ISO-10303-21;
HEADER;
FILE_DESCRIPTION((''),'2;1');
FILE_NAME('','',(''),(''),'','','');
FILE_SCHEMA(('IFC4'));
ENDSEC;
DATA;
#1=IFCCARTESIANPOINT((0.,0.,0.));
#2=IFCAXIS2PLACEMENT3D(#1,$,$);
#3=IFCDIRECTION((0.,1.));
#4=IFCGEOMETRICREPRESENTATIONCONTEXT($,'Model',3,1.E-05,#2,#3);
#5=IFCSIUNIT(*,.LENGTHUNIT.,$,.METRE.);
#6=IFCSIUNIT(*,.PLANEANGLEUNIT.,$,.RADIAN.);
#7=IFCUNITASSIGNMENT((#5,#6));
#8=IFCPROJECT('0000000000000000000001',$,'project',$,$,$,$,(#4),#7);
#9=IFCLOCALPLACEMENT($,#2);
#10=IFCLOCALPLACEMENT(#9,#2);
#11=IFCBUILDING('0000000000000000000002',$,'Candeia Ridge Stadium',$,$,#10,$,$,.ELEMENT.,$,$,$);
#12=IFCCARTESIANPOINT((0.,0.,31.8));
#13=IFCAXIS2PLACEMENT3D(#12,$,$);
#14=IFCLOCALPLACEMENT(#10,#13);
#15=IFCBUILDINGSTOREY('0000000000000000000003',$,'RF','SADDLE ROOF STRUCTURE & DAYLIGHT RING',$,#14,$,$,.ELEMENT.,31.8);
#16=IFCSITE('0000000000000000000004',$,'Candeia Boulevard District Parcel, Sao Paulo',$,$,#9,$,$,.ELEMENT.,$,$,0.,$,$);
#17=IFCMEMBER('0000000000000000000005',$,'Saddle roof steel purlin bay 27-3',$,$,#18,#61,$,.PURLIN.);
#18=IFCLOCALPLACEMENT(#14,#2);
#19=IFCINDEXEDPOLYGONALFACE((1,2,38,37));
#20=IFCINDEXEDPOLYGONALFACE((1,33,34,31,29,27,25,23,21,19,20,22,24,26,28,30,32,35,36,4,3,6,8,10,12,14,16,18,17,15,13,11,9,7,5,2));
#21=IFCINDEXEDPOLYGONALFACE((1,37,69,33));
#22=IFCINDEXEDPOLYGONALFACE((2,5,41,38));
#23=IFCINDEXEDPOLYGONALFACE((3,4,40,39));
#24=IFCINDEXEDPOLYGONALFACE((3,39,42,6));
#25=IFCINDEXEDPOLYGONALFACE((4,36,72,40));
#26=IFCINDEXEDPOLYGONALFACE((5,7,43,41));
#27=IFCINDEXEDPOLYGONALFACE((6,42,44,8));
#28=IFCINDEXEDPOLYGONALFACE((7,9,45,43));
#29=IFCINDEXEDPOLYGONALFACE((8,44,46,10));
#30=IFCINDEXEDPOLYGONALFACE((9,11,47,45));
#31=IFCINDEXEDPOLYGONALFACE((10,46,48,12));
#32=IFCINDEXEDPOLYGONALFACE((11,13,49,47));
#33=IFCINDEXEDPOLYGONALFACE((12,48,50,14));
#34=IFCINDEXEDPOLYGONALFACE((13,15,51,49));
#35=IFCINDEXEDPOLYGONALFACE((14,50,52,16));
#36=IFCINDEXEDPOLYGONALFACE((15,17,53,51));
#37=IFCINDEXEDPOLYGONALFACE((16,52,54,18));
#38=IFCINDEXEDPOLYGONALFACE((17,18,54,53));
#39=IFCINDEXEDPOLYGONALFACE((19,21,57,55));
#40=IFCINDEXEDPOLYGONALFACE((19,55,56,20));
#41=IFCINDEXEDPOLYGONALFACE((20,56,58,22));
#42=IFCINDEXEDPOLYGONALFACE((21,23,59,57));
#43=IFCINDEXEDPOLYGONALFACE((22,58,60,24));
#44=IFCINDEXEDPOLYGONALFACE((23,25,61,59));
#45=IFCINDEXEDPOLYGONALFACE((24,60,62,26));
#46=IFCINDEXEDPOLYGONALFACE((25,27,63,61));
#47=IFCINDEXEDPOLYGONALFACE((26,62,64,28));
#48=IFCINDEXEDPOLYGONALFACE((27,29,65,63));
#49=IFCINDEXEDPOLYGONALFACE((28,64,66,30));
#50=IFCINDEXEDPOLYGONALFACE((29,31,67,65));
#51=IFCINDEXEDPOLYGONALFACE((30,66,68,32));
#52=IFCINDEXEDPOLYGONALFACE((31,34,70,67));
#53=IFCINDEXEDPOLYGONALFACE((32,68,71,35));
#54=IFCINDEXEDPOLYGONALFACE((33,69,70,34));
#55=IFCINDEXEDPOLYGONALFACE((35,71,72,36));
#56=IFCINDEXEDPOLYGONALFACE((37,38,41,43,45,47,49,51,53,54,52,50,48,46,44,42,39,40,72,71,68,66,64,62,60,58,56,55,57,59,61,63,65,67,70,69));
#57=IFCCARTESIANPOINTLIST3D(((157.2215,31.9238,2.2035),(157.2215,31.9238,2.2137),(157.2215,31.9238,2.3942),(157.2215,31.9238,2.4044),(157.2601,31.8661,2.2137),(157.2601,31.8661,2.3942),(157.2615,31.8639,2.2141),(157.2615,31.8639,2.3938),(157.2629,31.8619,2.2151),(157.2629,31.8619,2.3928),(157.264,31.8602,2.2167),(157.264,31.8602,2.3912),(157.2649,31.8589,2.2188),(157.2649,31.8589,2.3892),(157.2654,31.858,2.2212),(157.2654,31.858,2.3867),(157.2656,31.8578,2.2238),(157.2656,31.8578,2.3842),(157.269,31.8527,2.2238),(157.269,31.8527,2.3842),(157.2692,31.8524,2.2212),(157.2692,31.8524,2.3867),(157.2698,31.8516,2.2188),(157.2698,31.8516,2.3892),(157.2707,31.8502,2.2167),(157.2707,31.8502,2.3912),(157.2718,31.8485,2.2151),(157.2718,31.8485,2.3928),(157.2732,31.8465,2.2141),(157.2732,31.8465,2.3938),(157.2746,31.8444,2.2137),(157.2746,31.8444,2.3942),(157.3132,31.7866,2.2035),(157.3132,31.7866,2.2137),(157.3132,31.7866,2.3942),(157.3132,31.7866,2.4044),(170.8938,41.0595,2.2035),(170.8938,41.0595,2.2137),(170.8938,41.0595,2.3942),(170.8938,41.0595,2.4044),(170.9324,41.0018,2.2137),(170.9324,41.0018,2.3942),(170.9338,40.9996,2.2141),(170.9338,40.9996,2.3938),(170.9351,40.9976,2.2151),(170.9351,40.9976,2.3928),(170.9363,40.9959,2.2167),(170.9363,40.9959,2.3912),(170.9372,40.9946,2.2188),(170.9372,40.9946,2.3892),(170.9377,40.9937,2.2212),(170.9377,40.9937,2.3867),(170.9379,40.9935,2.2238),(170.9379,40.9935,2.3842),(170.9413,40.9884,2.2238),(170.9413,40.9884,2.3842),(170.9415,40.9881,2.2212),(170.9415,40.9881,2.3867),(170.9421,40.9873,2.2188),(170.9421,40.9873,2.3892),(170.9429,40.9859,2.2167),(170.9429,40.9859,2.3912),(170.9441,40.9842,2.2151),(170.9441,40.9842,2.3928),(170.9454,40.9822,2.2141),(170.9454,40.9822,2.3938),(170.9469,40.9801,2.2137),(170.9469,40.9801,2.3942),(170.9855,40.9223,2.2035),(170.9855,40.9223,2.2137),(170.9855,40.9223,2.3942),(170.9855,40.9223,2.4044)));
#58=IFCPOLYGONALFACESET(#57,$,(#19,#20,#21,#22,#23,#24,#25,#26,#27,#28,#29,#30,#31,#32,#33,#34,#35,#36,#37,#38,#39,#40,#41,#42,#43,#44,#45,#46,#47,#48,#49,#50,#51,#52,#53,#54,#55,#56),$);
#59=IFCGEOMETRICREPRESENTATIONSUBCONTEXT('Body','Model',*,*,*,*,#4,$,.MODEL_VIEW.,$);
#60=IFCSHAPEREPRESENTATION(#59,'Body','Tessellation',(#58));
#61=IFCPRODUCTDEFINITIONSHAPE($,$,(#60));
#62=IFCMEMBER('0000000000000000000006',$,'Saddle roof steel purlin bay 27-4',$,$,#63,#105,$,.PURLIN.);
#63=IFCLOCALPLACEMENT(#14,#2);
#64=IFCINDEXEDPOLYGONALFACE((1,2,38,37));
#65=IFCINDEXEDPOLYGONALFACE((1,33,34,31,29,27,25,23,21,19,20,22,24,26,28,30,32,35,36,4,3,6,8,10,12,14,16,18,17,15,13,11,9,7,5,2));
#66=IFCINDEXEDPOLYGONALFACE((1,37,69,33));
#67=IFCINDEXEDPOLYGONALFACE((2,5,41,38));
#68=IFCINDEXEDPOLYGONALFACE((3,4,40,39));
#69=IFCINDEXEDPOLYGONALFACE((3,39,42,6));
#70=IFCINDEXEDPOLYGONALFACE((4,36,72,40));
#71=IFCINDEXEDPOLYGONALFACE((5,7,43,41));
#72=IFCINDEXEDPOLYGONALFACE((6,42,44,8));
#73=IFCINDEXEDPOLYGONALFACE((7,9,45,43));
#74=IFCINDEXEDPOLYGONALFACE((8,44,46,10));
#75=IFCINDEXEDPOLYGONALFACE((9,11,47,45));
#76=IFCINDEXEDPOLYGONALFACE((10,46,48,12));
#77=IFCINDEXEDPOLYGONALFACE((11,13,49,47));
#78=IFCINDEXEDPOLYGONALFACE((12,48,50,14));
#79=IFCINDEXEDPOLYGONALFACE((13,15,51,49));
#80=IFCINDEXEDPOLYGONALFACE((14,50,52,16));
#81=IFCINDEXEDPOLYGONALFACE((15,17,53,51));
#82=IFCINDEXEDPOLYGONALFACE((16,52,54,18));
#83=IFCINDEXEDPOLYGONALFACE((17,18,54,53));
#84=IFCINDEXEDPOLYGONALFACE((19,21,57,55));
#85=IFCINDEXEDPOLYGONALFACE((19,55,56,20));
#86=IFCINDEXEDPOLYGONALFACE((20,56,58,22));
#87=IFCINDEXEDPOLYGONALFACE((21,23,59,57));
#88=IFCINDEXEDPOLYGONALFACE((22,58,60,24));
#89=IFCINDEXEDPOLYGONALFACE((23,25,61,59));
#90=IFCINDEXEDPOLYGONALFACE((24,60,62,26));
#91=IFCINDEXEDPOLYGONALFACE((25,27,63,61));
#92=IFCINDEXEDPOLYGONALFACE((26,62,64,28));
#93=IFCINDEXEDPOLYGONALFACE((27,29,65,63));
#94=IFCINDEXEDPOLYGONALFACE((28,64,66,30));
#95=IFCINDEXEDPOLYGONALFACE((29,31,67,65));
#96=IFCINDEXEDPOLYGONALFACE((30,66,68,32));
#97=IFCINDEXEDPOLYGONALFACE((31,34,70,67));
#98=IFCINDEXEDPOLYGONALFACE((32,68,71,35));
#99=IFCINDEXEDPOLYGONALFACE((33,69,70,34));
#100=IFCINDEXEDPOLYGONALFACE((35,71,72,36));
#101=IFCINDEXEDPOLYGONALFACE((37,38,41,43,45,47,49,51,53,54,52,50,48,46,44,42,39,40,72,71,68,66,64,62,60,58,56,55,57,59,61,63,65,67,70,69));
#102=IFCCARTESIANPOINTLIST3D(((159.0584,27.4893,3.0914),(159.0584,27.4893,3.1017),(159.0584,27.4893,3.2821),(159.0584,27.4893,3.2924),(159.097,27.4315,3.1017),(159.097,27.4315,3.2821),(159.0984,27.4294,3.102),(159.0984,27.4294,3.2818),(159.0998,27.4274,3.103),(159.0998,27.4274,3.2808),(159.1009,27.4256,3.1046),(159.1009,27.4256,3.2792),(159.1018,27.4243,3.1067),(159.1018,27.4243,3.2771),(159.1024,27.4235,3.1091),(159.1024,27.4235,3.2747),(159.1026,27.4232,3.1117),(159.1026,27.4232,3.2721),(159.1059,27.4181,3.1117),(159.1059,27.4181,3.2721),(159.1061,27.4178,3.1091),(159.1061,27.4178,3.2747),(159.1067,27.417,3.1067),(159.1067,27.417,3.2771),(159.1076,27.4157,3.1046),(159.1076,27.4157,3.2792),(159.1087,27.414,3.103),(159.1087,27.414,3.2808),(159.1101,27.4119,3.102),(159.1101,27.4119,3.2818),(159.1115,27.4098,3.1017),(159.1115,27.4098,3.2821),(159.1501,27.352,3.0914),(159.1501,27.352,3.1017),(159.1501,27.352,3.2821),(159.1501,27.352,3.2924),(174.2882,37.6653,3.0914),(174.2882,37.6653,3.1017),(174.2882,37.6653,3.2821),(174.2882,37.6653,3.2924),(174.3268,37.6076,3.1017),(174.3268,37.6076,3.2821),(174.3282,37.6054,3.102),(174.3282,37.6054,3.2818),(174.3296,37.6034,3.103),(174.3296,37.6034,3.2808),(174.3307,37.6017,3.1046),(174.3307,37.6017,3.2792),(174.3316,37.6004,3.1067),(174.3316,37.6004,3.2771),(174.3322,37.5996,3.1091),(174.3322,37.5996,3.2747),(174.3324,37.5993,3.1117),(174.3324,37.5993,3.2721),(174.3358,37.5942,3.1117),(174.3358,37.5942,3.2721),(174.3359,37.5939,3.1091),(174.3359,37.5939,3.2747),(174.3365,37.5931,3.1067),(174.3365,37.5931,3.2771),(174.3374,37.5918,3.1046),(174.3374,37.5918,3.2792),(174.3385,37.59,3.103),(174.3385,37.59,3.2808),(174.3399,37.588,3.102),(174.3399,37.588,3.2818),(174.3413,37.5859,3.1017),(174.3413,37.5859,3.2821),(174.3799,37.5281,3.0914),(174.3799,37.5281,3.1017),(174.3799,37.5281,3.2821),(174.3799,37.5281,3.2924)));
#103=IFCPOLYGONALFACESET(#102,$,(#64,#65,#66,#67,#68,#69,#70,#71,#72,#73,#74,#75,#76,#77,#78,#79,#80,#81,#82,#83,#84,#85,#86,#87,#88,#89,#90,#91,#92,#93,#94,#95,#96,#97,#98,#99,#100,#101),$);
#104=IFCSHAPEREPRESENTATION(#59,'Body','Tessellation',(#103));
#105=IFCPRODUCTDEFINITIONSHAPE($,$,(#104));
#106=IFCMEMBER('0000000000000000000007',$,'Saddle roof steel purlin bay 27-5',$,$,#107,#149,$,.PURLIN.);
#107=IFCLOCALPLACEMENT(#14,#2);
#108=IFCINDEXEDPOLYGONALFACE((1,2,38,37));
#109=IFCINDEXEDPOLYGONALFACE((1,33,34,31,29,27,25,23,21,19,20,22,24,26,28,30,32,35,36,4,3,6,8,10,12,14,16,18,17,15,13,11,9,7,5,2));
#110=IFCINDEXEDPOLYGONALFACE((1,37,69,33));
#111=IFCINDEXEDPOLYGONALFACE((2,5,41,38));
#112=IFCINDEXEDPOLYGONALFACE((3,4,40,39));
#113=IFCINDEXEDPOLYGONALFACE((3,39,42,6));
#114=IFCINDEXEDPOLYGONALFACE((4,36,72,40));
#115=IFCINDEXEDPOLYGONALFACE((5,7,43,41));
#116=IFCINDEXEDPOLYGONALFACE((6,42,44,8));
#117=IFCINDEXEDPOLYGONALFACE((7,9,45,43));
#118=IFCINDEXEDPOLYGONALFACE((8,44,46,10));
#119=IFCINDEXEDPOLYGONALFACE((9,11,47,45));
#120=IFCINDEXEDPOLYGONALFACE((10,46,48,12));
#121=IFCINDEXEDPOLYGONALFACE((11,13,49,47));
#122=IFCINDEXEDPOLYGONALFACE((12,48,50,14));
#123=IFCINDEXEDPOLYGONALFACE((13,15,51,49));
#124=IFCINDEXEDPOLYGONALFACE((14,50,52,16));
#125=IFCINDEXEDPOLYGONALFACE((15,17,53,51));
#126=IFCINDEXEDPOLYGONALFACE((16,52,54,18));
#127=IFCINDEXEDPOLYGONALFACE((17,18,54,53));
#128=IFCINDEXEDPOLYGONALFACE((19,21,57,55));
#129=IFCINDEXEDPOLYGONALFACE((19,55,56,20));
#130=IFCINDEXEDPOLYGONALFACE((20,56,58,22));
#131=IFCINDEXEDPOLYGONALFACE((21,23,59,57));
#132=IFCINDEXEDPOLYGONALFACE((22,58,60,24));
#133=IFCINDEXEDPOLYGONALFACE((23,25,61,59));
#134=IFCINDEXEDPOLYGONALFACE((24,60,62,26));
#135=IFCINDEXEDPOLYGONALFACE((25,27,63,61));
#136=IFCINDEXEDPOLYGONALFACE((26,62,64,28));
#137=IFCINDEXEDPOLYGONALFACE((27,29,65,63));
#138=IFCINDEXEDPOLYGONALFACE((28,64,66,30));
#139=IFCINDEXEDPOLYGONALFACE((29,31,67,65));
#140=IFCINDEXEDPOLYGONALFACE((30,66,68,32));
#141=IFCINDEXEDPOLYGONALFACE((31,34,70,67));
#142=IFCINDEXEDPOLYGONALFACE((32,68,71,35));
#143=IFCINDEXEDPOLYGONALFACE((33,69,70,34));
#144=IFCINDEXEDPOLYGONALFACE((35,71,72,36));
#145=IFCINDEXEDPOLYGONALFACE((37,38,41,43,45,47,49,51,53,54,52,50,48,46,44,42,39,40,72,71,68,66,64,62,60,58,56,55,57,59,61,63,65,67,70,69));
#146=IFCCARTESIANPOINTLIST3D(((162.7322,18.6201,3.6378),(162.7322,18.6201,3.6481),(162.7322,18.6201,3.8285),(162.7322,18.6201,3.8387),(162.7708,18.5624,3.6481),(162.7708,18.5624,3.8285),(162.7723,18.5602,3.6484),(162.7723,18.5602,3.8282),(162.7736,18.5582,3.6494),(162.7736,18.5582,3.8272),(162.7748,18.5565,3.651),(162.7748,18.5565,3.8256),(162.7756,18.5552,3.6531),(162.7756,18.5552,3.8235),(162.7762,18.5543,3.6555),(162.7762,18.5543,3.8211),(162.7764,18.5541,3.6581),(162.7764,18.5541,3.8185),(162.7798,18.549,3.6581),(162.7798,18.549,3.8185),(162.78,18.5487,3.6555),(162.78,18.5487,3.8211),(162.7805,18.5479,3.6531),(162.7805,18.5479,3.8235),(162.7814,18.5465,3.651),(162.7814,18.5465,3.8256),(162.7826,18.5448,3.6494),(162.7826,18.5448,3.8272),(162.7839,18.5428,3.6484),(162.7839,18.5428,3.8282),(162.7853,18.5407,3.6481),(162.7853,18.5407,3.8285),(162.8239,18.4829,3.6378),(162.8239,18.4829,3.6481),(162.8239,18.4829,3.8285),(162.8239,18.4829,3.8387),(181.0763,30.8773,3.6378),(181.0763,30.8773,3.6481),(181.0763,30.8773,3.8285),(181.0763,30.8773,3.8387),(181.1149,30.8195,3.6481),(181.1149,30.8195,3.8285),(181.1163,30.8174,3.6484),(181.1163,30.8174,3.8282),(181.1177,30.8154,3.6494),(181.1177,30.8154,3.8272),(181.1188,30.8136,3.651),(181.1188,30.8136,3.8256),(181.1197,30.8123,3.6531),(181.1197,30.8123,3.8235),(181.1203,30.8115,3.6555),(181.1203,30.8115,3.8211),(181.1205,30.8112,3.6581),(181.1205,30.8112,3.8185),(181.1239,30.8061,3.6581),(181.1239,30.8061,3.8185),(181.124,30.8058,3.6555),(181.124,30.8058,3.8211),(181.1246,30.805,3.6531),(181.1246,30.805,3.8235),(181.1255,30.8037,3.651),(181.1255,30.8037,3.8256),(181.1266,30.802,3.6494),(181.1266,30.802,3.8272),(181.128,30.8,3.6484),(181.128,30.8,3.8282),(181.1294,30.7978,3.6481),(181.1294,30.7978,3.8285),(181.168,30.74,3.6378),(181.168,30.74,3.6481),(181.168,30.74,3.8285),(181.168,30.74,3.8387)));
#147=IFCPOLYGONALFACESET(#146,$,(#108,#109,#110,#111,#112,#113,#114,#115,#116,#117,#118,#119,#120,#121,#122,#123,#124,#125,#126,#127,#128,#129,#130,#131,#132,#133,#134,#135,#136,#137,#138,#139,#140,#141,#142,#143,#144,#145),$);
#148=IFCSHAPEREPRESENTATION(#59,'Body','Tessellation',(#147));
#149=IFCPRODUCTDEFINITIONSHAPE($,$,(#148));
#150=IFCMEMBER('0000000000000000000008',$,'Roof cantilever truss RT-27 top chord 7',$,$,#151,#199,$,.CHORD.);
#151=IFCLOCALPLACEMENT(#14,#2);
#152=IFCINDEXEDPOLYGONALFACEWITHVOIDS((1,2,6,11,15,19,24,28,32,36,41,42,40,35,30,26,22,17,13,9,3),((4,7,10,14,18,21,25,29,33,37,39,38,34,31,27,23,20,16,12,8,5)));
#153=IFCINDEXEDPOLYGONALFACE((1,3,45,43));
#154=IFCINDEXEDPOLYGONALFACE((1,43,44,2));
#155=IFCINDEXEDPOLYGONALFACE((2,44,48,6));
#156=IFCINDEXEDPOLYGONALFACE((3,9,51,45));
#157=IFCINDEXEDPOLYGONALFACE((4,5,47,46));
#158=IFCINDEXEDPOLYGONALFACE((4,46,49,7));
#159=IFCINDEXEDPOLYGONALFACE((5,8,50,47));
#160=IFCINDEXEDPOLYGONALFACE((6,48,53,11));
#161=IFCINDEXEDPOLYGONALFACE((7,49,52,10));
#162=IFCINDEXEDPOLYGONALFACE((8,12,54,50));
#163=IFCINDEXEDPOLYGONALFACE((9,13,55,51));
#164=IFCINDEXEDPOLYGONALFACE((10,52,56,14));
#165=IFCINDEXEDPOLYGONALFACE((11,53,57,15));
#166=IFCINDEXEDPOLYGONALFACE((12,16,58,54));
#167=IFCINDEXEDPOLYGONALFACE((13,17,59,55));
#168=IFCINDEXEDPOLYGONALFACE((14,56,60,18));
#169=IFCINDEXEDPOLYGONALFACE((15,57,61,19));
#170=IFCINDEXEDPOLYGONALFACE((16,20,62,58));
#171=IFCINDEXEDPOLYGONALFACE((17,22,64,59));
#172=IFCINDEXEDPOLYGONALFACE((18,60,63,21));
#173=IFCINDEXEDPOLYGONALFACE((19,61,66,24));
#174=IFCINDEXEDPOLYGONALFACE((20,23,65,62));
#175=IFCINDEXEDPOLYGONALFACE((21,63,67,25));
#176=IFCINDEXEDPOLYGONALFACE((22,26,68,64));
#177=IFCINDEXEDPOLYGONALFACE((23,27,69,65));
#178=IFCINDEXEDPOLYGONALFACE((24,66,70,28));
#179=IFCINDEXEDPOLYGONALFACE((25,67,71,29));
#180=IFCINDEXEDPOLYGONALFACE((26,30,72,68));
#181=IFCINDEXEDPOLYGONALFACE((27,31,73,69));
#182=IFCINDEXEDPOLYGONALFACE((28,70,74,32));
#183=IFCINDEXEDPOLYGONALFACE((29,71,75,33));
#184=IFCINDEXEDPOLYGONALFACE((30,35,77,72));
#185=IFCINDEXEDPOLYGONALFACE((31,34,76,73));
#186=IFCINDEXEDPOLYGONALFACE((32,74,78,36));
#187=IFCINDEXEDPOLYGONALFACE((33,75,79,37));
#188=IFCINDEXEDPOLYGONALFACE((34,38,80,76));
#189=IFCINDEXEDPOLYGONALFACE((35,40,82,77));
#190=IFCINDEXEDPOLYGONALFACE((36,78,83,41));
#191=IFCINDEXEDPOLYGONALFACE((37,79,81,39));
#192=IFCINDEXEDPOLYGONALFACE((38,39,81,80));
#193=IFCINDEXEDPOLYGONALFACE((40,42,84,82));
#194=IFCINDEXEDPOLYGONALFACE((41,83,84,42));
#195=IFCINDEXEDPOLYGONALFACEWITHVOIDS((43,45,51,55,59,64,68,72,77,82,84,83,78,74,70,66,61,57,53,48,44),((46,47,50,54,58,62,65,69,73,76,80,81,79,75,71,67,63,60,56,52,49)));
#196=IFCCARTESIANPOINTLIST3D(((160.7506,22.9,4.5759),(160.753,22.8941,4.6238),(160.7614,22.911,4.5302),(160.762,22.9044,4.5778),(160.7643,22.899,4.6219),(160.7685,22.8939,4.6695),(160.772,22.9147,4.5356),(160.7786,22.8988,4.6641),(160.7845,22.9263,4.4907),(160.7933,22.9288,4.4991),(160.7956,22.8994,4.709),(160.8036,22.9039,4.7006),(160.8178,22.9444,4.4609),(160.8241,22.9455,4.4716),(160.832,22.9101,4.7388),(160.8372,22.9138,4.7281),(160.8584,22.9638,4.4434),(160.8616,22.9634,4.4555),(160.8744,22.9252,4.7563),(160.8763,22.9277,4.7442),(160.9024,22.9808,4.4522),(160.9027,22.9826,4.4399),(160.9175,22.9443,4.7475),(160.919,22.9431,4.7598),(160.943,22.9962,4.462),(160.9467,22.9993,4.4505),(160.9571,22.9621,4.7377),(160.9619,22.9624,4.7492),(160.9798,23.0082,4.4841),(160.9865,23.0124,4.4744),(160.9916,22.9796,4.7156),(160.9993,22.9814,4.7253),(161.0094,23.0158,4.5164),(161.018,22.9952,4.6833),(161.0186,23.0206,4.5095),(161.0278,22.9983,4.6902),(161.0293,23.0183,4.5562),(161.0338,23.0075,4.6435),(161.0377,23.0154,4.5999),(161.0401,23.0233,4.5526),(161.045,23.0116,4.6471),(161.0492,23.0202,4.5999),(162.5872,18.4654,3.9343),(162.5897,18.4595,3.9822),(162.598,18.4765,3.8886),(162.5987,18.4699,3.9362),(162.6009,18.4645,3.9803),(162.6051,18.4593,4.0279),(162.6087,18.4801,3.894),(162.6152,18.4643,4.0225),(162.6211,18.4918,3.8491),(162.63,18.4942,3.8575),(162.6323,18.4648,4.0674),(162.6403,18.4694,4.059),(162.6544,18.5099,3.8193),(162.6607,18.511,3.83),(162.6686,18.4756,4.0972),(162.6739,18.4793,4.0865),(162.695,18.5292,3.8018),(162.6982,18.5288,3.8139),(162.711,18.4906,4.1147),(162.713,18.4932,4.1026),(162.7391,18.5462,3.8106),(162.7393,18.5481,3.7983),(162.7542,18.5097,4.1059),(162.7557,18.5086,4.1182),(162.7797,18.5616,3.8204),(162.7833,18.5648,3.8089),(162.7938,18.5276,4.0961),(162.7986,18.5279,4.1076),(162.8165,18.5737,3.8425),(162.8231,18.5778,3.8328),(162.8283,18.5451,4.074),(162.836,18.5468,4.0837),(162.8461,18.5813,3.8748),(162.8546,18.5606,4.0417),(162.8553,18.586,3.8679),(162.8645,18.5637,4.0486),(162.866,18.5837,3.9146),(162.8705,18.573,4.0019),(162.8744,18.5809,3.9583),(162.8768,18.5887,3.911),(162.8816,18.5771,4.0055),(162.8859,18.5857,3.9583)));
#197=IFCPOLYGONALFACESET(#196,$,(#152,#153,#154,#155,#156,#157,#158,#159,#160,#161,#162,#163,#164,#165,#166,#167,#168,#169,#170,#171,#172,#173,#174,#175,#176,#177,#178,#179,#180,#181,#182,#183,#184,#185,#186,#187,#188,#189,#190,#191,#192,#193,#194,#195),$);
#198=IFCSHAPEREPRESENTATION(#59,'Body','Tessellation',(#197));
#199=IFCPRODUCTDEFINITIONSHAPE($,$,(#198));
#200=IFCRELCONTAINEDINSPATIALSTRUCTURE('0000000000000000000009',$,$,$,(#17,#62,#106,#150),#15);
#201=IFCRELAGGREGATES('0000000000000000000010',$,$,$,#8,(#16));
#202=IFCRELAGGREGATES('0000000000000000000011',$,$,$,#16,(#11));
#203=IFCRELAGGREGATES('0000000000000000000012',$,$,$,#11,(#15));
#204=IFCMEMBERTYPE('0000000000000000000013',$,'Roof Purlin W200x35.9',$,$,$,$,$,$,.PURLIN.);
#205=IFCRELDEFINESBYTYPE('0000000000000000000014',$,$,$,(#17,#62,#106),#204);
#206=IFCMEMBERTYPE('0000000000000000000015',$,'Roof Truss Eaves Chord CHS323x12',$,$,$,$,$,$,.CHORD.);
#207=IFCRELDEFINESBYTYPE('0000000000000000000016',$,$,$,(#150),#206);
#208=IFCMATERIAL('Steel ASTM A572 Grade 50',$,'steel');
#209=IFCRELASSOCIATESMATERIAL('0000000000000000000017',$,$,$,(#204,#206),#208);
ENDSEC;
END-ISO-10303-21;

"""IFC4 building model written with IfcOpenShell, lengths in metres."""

from ifc_helpers import new_model, si_unit, direction, frame, origin, origin_2d, place, context, subcontext, project, spatial, hollow_circle, i_section, extrude, material, material_profile, profile_set, type_object, element, save


model = new_model("IFC4")

# Units and contexts
model_context = context("Model", 3, precision=1e-05, world=origin(), true_north=direction((0.0, 1.0)))
body_context = subcontext(model_context, "Body", "Model", "MODEL_VIEW")
ifc_project = project(units=[si_unit("LENGTHUNIT", "METRE"), si_unit("PLANEANGLEUNIT", "RADIAN")], contexts=[model_context])

# Site, building, storey
site_placement = place(None, origin())
site = spatial("IfcSite", under=ifc_project, at=site_placement, Name="Candeia Boulevard District Parcel, Sao Paulo", CompositionType="ELEMENT", RefElevation=0.0)
building_placement = place(site_placement, origin())
building = spatial("IfcBuilding", under=site, at=building_placement, Name="Candeia Ridge Stadium", CompositionType="ELEMENT")
storey_placement = place(building_placement, frame((0.0, 0.0, 31.8)))
storey = spatial("IfcBuildingStorey", under=building, at=storey_placement, Name="RF", Description="SADDLE ROOF STRUCTURE & DAYLIGHT RING", CompositionType="ELEMENT", Elevation=31.8)

# Shared definitions
ifc_material_1 = material(Name="Steel ASTM A572 Grade 50", Category="steel")

# Members
ifc_material_profile_1 = material_profile(ifc_material_1, i_section(OverallWidth=0.165, OverallDepth=0.2009, WebThickness=0.0061, FlangeThickness=0.0103, FilletRadius=0.01, at=origin_2d()), Name="W200x35.9", Category="steel")
ifc_profile_set_1 = profile_set([ifc_material_profile_1], Name="Steel ASTM A572 Grade 50")
member_type_1 = type_object("IfcMemberType", Name="Roof Purlin W200x35.9", PredefinedType="PURLIN", material=ifc_profile_set_1)
member_1_placement = place(storey_placement, frame((157.2673, 31.8552, 2.304), z_axis=(0.831465, 0.555577, 0.0), x_axis=(-0.555577, 0.831465, 0.0)))
element("IfcMember", 1, at=member_1_placement, inside=storey, type_object=member_type_1, Name="Saddle roof steel purlin bay 27-3", PredefinedType="PURLIN", context=body_context, shape_type="SweptSolid", body=[
    extrude(i_section(OverallWidth=0.165, OverallDepth=0.2009, WebThickness=0.0061, FlangeThickness=0.0103, FilletRadius=0.01, at=origin_2d()), origin(), (0.0, 0.0, 1.0), 16.4436),
])
member_2_placement = place(storey_placement, frame((159.1042, 27.4207, 3.1919), z_axis=(0.831474, 0.555564, 0.0), x_axis=(-0.555564, 0.831474, 0.0)))
element("IfcMember", 2, at=member_2_placement, inside=storey, type_object=member_type_1, Name="Saddle roof steel purlin bay 27-4", PredefinedType="PURLIN", context=body_context, shape_type="SweptSolid", body=[
    extrude(i_section(OverallWidth=0.165, OverallDepth=0.2009, WebThickness=0.0061, FlangeThickness=0.0103, FilletRadius=0.01, at=origin_2d()), origin(), (0.0, 0.0, 1.0), 18.3167),
])
member_3_placement = place(storey_placement, frame((162.7781, 18.5515, 3.7383), z_axis=(0.831469, 0.555571, 0.0), x_axis=(-0.555571, 0.831469, 0.0)))
element("IfcMember", 3, at=member_3_placement, inside=storey, type_object=member_type_1, Name="Saddle roof steel purlin bay 27-5", PredefinedType="PURLIN", context=body_context, shape_type="SweptSolid", body=[
    extrude(i_section(OverallWidth=0.165, OverallDepth=0.2009, WebThickness=0.0061, FlangeThickness=0.0103, FilletRadius=0.01, at=origin_2d()), origin(), (0.0, 0.0, 1.0), 22.0623),
])
ifc_material_profile_2 = material_profile(ifc_material_1, hollow_circle(Radius=0.1619, WallThickness=0.0125, at=origin_2d()), Name="CHS323x12", Category="steel")
ifc_profile_set_2 = profile_set([ifc_material_profile_2], Name="Steel ASTM A572 Grade 50")
member_type_2 = type_object("IfcMemberType", Name="Roof Truss Eaves Chord CHS323x12", PredefinedType="CHORD", material=ifc_profile_set_2)
member_4_placement = place(storey_placement, frame((160.8997, 22.9583, 4.5999), z_axis=(0.379276, -0.915748, -0.132492), x_axis=(0.923893, 0.38265, 0.0)))
element("IfcMember", 4, at=member_4_placement, inside=storey, type_object=member_type_2, Name="Roof cantilever truss RT-27 top chord 7", PredefinedType="CHORD", context=body_context, shape_type="SweptSolid", body=[
    extrude(hollow_circle(Radius=0.1619, WallThickness=0.0125, at=origin_2d()), origin(), (0.0, 0.0, 1.0), 4.8425),
])

save(model, "model.ifc")
